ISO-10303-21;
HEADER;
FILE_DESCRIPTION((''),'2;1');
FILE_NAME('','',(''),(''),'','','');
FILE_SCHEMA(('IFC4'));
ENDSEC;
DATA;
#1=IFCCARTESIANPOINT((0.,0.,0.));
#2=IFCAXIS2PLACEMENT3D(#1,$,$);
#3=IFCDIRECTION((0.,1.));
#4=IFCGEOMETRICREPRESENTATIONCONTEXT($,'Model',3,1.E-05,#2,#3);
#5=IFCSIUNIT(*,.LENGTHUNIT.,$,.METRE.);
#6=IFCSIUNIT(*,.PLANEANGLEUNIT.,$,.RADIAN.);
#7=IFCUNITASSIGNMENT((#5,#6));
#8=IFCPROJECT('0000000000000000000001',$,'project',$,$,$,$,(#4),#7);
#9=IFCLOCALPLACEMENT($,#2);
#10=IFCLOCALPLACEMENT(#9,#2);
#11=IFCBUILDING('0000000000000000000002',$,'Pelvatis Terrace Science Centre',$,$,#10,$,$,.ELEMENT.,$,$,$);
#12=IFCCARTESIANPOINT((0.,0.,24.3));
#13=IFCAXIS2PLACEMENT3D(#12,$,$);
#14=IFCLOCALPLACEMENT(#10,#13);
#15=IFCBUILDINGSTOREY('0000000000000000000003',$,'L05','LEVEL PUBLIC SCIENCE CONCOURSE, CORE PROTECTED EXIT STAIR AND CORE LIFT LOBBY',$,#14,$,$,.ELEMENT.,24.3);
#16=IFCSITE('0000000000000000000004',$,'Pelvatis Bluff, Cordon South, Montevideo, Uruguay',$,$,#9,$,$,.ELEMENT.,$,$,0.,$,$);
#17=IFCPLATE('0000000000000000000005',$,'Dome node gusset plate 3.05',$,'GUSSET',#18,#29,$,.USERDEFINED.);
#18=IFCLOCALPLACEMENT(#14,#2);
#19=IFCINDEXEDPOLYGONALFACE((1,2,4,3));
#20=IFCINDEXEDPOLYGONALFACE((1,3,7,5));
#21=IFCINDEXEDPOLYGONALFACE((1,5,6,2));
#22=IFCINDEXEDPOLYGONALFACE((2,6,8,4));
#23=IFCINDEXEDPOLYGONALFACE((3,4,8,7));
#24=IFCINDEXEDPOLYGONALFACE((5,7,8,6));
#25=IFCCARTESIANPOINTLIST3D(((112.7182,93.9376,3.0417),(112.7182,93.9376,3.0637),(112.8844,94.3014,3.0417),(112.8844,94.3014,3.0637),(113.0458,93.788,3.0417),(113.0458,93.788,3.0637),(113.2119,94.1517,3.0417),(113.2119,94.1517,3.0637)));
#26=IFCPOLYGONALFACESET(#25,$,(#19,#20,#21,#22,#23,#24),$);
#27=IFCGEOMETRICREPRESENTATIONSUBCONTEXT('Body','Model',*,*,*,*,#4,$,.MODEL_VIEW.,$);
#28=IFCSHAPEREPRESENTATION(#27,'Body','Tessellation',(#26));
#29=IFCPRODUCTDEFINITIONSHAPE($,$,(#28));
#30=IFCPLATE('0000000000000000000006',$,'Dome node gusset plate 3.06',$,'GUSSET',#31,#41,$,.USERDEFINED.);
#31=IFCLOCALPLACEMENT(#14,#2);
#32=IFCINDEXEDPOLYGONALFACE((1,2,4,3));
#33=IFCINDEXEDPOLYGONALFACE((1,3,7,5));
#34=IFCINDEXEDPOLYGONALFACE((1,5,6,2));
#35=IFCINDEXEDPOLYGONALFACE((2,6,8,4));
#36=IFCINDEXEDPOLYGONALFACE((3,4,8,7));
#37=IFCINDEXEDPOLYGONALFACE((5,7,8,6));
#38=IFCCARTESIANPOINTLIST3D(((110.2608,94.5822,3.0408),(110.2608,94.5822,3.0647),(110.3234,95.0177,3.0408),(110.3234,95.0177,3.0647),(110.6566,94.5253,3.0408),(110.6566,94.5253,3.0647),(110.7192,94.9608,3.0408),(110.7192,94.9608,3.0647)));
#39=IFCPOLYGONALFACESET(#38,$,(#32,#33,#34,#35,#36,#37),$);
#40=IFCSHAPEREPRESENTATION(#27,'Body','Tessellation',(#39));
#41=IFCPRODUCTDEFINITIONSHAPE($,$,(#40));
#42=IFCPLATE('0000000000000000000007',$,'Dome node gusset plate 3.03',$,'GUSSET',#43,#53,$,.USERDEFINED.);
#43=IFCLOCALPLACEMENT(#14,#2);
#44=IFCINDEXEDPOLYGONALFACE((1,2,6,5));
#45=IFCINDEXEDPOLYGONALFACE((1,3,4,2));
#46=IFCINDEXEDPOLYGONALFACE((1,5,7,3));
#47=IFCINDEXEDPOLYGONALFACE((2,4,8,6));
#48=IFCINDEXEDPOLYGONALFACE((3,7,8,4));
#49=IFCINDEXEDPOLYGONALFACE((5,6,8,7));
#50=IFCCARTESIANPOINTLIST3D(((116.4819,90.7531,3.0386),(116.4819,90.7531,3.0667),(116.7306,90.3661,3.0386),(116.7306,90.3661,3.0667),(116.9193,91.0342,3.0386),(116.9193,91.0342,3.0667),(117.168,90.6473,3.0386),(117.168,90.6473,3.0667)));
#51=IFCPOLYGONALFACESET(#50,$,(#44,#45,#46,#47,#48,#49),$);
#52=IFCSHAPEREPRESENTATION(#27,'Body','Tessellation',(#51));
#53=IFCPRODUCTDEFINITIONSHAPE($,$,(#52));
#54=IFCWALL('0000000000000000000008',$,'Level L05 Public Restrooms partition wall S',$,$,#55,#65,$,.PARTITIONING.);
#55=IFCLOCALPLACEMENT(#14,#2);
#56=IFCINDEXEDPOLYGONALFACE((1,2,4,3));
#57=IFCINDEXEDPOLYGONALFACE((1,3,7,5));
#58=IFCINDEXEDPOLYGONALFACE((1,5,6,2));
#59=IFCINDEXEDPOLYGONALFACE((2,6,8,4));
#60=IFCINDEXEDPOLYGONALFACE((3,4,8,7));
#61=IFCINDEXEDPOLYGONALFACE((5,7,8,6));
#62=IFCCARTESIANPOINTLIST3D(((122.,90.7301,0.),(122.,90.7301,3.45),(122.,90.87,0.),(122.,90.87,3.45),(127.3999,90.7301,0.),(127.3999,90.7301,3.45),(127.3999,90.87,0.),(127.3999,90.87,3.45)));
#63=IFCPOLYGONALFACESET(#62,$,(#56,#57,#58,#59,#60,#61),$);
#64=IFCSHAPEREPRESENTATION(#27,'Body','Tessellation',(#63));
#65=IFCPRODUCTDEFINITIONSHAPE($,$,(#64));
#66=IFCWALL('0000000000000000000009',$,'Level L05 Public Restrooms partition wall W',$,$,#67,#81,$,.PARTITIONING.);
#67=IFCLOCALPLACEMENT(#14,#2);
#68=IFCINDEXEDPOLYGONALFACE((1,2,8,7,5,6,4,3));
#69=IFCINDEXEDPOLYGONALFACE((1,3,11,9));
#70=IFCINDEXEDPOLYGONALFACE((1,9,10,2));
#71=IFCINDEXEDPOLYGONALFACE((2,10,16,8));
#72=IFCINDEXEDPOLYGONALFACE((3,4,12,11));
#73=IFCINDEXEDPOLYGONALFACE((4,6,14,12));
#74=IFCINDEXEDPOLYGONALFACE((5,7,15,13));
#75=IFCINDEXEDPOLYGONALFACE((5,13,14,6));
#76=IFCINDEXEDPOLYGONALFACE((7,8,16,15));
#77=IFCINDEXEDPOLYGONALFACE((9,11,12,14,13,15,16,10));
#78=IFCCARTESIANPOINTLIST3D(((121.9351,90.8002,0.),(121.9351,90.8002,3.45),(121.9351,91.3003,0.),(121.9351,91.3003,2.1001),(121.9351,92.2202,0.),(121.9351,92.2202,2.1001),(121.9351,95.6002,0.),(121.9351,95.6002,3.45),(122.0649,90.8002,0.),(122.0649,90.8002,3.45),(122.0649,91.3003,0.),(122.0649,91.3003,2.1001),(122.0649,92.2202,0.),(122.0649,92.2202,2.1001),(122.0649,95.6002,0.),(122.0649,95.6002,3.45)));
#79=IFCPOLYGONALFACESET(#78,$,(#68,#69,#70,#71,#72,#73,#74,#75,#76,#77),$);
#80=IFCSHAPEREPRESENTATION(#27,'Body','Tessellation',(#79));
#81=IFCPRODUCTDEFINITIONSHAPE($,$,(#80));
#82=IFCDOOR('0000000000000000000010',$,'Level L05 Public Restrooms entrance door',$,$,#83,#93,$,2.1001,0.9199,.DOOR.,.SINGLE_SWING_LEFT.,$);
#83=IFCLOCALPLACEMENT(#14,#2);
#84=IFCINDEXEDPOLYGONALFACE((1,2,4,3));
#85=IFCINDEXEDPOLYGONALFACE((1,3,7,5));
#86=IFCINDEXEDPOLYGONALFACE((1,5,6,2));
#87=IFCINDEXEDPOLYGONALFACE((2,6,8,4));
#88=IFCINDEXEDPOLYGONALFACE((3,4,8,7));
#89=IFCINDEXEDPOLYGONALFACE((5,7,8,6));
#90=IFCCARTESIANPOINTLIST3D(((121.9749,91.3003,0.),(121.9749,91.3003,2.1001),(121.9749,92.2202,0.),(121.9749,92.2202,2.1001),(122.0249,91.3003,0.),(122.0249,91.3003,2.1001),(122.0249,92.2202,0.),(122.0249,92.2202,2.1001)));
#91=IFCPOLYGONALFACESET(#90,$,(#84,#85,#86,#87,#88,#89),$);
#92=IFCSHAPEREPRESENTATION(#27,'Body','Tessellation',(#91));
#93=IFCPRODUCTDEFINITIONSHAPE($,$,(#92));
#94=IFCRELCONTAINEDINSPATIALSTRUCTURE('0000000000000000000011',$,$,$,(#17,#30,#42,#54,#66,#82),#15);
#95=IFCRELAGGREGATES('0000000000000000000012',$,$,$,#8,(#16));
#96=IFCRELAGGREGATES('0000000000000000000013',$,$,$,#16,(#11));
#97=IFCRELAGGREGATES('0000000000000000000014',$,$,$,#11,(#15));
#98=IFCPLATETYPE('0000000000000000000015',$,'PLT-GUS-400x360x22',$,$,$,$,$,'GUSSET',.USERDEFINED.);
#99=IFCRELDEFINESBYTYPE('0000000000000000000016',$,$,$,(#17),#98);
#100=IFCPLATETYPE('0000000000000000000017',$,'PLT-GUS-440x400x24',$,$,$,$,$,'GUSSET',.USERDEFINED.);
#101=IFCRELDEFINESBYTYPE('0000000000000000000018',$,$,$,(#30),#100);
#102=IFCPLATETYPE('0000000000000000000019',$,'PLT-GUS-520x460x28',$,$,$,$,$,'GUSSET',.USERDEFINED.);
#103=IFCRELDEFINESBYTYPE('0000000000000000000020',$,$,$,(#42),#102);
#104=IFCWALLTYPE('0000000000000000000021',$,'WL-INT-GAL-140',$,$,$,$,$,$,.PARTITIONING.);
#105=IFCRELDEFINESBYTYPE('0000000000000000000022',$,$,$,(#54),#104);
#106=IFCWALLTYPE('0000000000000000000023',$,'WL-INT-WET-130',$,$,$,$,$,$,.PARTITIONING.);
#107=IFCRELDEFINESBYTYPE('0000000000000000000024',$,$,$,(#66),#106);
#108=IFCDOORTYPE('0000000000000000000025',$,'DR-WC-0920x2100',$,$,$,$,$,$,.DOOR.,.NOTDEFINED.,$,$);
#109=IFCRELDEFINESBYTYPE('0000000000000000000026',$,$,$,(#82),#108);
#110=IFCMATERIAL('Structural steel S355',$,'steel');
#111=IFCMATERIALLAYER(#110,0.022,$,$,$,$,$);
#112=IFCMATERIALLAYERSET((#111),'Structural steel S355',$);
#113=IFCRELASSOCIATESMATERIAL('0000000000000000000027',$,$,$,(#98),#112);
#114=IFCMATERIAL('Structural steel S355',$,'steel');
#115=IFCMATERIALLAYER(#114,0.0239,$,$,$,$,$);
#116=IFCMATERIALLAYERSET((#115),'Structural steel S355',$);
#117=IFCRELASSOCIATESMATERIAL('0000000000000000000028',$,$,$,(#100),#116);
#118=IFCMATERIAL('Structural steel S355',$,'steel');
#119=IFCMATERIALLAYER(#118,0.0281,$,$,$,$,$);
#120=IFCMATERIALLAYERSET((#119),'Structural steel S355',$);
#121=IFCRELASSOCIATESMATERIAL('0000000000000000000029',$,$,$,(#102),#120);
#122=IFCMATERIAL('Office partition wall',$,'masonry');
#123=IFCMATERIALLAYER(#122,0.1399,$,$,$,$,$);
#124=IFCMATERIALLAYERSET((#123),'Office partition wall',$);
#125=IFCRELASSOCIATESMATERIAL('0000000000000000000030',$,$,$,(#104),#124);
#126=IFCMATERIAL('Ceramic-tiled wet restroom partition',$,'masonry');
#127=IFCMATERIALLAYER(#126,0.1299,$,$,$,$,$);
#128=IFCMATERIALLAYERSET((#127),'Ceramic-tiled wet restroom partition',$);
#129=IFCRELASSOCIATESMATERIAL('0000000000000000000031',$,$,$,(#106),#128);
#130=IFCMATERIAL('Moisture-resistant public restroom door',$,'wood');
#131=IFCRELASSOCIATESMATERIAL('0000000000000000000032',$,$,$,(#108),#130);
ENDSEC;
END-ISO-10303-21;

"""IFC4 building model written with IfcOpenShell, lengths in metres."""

from ifc_helpers import new_model, si_unit, direction, frame, frame_2d, origin, origin_2d, place, context, subcontext, project, spatial, rectangle, extrude, material, layer, layer_set, type_object, element, fill, save


model = new_model("IFC4")

# Units and contexts
model_context = context("Model", 3, precision=1e-05, world=origin(), true_north=direction((0.0, 1.0)))
body_context = subcontext(model_context, "Body", "Model", "MODEL_VIEW")
ifc_project = project(units=[si_unit("LENGTHUNIT", "METRE"), si_unit("PLANEANGLEUNIT", "RADIAN")], contexts=[model_context])

# Site, building, storey
site_placement = place(None, origin())
site = spatial("IfcSite", under=ifc_project, at=site_placement, Name="Pelvatis Bluff, Cordon South, Montevideo, Uruguay", CompositionType="ELEMENT", RefElevation=0.0)
building_placement = place(site_placement, origin())
building = spatial("IfcBuilding", under=site, at=building_placement, Name="Pelvatis Terrace Science Centre", CompositionType="ELEMENT")
storey_placement = place(building_placement, frame((0.0, 0.0, 24.3)))
storey = spatial("IfcBuildingStorey", under=building, at=storey_placement, Name="L05", Description="LEVEL PUBLIC SCIENCE CONCOURSE, CORE PROTECTED EXIT STAIR AND CORE LIFT LOBBY", CompositionType="ELEMENT", Elevation=24.3)

# Plates
ifc_material_1 = material(Name="Structural steel S355", Category="steel")
ifc_layer_1 = layer(ifc_material_1, 0.022)
ifc_layer_set_1 = layer_set([ifc_layer_1], Name="Structural steel S355")
plate_type_1 = type_object("IfcPlateType", Name="PLT-GUS-400x360x22", ElementType="GUSSET", PredefinedType="USERDEFINED", material=ifc_layer_set_1)
plate_1_placement = place(storey_placement, frame((112.9651, 94.0447, 3.0417), z_axis=(0.0, 0.0, 1.0), x_axis=(0.415487, 0.909599, 0.0)))
element("IfcPlate", 1, at=plate_1_placement, inside=storey, type_object=plate_type_1, Name="Dome node gusset plate 3.05", ObjectType="GUSSET", PredefinedType="USERDEFINED", context=body_context, shape_type="SweptSolid", body=[
    extrude(rectangle(XDim=0.3999, YDim=0.3601, at=origin_2d()), origin(), (0.0, 0.0, 1.0), 0.022),
])
ifc_material_2 = material(Name="Structural steel S355", Category="steel")
ifc_layer_2 = layer(ifc_material_2, 0.0239)
ifc_layer_set_2 = layer_set([ifc_layer_2], Name="Structural steel S355")
plate_type_2 = type_object("IfcPlateType", Name="PLT-GUS-440x400x24", ElementType="GUSSET", PredefinedType="USERDEFINED", material=ifc_layer_set_2)
plate_2_placement = place(storey_placement, frame((110.49, 94.7715, 3.0408), z_axis=(0.0, 0.0, 1.0), x_axis=(0.142283, 0.989826, 0.0)))
element("IfcPlate", 2, at=plate_2_placement, inside=storey, type_object=plate_type_2, Name="Dome node gusset plate 3.06", ObjectType="GUSSET", PredefinedType="USERDEFINED", context=body_context, shape_type="SweptSolid", body=[
    extrude(rectangle(XDim=0.4399, YDim=0.3999, at=origin_2d()), origin(), (0.0, 0.0, 1.0), 0.0239),
])
ifc_material_3 = material(Name="Structural steel S355", Category="steel")
ifc_layer_3 = layer(ifc_material_3, 0.0281)
ifc_layer_set_3 = layer_set([ifc_layer_3], Name="Structural steel S355")
plate_type_3 = type_object("IfcPlateType", Name="PLT-GUS-520x460x28", ElementType="GUSSET", PredefinedType="USERDEFINED", material=ifc_layer_set_3)
plate_3_placement = place(storey_placement, frame((116.825, 90.7002, 3.0386), z_axis=(0.0, 0.0, 1.0), x_axis=(0.841228, 0.540681, 0.0)))
element("IfcPlate", 3, at=plate_3_placement, inside=storey, type_object=plate_type_3, Name="Dome node gusset plate 3.03", ObjectType="GUSSET", PredefinedType="USERDEFINED", context=body_context, shape_type="SweptSolid", body=[
    extrude(rectangle(XDim=0.52, YDim=0.46, at=origin_2d()), origin(), (0.0, 0.0, 1.0), 0.0281),
])

# Wall
ifc_material_4 = material(Name="Office partition wall", Category="masonry")
ifc_layer_4 = layer(ifc_material_4, 0.1399)
ifc_layer_set_4 = layer_set([ifc_layer_4], Name="Office partition wall")
wall_type_1 = type_object("IfcWallType", Name="WL-INT-GAL-140", PredefinedType="PARTITIONING", material=ifc_layer_set_4)
wall_1_placement = place(storey_placement, frame((122.0, 90.8, 0.0), z_axis=(0.0, 0.0, 1.0), x_axis=(1.0, 0.0, 0.0)))
element("IfcWall", 4, at=wall_1_placement, inside=storey, type_object=wall_type_1, Name="Level L05 Public Restrooms partition wall S", PredefinedType="PARTITIONING", context=body_context, shape_type="SweptSolid", body=[
    extrude(rectangle(XDim=5.3999, YDim=0.1399, at=frame_2d((2.7, 0.0))), origin(), (0.0, 0.0, 1.0), 3.45),
])

# Wall, opening, door
ifc_material_5 = material(Name="Ceramic-tiled wet restroom partition", Category="masonry")
ifc_layer_5 = layer(ifc_material_5, 0.1299)
ifc_layer_set_5 = layer_set([ifc_layer_5], Name="Ceramic-tiled wet restroom partition")
wall_type_2 = type_object("IfcWallType", Name="WL-INT-WET-130", PredefinedType="PARTITIONING", material=ifc_layer_set_5)
wall_2_placement = place(storey_placement, frame((122.0, 95.6001, 0.0), z_axis=(0.0, 0.0, 1.0), x_axis=(0.0, -1.0, 0.0)))
wall_2 = element("IfcWall", 5, at=wall_2_placement, inside=storey, type_object=wall_type_2, Name="Level L05 Public Restrooms partition wall W", PredefinedType="PARTITIONING", context=body_context, shape_type="SweptSolid", body=[
    extrude(rectangle(XDim=4.8, YDim=0.1299, at=frame_2d((2.3999, 0.0))), origin(), (0.0, 0.0, 1.0), 3.45),
])
opening_placement = place(wall_2_placement, frame((3.3799, 0.0, 0.0)))
opening = element("IfcOpeningElement", 6, at=opening_placement, cuts=wall_2, PredefinedType="OPENING", context=body_context, shape_type="SweptSolid", body=[
    extrude(rectangle(XDim=0.9199, YDim=2.1001, at=frame_2d((0.46, 1.05))), frame((0.0, 0.075, 0.0), z_axis=(0.0, -1.0, 0.0), x_axis=(1.0, 0.0, 0.0)), (0.0, 0.0, 1.0), 0.1499),
])
ifc_material_6 = material(Name="Moisture-resistant public restroom door", Category="wood")
door_type = type_object("IfcDoorType", Name="DR-WC-0920x2100", OperationType="NOTDEFINED", PredefinedType="DOOR", material=ifc_material_6)
door_placement = place(opening_placement, origin())
door = element("IfcDoor", 7, at=door_placement, inside=storey, type_object=door_type, Name="Level L05 Public Restrooms entrance door", OperationType="SINGLE_SWING_LEFT", OverallHeight=2.1001, OverallWidth=0.9199, PredefinedType="DOOR", context=body_context, shape_type="SweptSolid", body=[
    extrude(rectangle(XDim=0.9199, YDim=2.1001, at=frame_2d((0.46, 1.05))), frame((0.0, 0.0249, 0.0), z_axis=(0.0, -1.0, 0.0), x_axis=(1.0, 0.0, 0.0)), (0.0, 0.0, 1.0), 0.05),
])
fill(opening, door)

save(model, "model.ifc")
